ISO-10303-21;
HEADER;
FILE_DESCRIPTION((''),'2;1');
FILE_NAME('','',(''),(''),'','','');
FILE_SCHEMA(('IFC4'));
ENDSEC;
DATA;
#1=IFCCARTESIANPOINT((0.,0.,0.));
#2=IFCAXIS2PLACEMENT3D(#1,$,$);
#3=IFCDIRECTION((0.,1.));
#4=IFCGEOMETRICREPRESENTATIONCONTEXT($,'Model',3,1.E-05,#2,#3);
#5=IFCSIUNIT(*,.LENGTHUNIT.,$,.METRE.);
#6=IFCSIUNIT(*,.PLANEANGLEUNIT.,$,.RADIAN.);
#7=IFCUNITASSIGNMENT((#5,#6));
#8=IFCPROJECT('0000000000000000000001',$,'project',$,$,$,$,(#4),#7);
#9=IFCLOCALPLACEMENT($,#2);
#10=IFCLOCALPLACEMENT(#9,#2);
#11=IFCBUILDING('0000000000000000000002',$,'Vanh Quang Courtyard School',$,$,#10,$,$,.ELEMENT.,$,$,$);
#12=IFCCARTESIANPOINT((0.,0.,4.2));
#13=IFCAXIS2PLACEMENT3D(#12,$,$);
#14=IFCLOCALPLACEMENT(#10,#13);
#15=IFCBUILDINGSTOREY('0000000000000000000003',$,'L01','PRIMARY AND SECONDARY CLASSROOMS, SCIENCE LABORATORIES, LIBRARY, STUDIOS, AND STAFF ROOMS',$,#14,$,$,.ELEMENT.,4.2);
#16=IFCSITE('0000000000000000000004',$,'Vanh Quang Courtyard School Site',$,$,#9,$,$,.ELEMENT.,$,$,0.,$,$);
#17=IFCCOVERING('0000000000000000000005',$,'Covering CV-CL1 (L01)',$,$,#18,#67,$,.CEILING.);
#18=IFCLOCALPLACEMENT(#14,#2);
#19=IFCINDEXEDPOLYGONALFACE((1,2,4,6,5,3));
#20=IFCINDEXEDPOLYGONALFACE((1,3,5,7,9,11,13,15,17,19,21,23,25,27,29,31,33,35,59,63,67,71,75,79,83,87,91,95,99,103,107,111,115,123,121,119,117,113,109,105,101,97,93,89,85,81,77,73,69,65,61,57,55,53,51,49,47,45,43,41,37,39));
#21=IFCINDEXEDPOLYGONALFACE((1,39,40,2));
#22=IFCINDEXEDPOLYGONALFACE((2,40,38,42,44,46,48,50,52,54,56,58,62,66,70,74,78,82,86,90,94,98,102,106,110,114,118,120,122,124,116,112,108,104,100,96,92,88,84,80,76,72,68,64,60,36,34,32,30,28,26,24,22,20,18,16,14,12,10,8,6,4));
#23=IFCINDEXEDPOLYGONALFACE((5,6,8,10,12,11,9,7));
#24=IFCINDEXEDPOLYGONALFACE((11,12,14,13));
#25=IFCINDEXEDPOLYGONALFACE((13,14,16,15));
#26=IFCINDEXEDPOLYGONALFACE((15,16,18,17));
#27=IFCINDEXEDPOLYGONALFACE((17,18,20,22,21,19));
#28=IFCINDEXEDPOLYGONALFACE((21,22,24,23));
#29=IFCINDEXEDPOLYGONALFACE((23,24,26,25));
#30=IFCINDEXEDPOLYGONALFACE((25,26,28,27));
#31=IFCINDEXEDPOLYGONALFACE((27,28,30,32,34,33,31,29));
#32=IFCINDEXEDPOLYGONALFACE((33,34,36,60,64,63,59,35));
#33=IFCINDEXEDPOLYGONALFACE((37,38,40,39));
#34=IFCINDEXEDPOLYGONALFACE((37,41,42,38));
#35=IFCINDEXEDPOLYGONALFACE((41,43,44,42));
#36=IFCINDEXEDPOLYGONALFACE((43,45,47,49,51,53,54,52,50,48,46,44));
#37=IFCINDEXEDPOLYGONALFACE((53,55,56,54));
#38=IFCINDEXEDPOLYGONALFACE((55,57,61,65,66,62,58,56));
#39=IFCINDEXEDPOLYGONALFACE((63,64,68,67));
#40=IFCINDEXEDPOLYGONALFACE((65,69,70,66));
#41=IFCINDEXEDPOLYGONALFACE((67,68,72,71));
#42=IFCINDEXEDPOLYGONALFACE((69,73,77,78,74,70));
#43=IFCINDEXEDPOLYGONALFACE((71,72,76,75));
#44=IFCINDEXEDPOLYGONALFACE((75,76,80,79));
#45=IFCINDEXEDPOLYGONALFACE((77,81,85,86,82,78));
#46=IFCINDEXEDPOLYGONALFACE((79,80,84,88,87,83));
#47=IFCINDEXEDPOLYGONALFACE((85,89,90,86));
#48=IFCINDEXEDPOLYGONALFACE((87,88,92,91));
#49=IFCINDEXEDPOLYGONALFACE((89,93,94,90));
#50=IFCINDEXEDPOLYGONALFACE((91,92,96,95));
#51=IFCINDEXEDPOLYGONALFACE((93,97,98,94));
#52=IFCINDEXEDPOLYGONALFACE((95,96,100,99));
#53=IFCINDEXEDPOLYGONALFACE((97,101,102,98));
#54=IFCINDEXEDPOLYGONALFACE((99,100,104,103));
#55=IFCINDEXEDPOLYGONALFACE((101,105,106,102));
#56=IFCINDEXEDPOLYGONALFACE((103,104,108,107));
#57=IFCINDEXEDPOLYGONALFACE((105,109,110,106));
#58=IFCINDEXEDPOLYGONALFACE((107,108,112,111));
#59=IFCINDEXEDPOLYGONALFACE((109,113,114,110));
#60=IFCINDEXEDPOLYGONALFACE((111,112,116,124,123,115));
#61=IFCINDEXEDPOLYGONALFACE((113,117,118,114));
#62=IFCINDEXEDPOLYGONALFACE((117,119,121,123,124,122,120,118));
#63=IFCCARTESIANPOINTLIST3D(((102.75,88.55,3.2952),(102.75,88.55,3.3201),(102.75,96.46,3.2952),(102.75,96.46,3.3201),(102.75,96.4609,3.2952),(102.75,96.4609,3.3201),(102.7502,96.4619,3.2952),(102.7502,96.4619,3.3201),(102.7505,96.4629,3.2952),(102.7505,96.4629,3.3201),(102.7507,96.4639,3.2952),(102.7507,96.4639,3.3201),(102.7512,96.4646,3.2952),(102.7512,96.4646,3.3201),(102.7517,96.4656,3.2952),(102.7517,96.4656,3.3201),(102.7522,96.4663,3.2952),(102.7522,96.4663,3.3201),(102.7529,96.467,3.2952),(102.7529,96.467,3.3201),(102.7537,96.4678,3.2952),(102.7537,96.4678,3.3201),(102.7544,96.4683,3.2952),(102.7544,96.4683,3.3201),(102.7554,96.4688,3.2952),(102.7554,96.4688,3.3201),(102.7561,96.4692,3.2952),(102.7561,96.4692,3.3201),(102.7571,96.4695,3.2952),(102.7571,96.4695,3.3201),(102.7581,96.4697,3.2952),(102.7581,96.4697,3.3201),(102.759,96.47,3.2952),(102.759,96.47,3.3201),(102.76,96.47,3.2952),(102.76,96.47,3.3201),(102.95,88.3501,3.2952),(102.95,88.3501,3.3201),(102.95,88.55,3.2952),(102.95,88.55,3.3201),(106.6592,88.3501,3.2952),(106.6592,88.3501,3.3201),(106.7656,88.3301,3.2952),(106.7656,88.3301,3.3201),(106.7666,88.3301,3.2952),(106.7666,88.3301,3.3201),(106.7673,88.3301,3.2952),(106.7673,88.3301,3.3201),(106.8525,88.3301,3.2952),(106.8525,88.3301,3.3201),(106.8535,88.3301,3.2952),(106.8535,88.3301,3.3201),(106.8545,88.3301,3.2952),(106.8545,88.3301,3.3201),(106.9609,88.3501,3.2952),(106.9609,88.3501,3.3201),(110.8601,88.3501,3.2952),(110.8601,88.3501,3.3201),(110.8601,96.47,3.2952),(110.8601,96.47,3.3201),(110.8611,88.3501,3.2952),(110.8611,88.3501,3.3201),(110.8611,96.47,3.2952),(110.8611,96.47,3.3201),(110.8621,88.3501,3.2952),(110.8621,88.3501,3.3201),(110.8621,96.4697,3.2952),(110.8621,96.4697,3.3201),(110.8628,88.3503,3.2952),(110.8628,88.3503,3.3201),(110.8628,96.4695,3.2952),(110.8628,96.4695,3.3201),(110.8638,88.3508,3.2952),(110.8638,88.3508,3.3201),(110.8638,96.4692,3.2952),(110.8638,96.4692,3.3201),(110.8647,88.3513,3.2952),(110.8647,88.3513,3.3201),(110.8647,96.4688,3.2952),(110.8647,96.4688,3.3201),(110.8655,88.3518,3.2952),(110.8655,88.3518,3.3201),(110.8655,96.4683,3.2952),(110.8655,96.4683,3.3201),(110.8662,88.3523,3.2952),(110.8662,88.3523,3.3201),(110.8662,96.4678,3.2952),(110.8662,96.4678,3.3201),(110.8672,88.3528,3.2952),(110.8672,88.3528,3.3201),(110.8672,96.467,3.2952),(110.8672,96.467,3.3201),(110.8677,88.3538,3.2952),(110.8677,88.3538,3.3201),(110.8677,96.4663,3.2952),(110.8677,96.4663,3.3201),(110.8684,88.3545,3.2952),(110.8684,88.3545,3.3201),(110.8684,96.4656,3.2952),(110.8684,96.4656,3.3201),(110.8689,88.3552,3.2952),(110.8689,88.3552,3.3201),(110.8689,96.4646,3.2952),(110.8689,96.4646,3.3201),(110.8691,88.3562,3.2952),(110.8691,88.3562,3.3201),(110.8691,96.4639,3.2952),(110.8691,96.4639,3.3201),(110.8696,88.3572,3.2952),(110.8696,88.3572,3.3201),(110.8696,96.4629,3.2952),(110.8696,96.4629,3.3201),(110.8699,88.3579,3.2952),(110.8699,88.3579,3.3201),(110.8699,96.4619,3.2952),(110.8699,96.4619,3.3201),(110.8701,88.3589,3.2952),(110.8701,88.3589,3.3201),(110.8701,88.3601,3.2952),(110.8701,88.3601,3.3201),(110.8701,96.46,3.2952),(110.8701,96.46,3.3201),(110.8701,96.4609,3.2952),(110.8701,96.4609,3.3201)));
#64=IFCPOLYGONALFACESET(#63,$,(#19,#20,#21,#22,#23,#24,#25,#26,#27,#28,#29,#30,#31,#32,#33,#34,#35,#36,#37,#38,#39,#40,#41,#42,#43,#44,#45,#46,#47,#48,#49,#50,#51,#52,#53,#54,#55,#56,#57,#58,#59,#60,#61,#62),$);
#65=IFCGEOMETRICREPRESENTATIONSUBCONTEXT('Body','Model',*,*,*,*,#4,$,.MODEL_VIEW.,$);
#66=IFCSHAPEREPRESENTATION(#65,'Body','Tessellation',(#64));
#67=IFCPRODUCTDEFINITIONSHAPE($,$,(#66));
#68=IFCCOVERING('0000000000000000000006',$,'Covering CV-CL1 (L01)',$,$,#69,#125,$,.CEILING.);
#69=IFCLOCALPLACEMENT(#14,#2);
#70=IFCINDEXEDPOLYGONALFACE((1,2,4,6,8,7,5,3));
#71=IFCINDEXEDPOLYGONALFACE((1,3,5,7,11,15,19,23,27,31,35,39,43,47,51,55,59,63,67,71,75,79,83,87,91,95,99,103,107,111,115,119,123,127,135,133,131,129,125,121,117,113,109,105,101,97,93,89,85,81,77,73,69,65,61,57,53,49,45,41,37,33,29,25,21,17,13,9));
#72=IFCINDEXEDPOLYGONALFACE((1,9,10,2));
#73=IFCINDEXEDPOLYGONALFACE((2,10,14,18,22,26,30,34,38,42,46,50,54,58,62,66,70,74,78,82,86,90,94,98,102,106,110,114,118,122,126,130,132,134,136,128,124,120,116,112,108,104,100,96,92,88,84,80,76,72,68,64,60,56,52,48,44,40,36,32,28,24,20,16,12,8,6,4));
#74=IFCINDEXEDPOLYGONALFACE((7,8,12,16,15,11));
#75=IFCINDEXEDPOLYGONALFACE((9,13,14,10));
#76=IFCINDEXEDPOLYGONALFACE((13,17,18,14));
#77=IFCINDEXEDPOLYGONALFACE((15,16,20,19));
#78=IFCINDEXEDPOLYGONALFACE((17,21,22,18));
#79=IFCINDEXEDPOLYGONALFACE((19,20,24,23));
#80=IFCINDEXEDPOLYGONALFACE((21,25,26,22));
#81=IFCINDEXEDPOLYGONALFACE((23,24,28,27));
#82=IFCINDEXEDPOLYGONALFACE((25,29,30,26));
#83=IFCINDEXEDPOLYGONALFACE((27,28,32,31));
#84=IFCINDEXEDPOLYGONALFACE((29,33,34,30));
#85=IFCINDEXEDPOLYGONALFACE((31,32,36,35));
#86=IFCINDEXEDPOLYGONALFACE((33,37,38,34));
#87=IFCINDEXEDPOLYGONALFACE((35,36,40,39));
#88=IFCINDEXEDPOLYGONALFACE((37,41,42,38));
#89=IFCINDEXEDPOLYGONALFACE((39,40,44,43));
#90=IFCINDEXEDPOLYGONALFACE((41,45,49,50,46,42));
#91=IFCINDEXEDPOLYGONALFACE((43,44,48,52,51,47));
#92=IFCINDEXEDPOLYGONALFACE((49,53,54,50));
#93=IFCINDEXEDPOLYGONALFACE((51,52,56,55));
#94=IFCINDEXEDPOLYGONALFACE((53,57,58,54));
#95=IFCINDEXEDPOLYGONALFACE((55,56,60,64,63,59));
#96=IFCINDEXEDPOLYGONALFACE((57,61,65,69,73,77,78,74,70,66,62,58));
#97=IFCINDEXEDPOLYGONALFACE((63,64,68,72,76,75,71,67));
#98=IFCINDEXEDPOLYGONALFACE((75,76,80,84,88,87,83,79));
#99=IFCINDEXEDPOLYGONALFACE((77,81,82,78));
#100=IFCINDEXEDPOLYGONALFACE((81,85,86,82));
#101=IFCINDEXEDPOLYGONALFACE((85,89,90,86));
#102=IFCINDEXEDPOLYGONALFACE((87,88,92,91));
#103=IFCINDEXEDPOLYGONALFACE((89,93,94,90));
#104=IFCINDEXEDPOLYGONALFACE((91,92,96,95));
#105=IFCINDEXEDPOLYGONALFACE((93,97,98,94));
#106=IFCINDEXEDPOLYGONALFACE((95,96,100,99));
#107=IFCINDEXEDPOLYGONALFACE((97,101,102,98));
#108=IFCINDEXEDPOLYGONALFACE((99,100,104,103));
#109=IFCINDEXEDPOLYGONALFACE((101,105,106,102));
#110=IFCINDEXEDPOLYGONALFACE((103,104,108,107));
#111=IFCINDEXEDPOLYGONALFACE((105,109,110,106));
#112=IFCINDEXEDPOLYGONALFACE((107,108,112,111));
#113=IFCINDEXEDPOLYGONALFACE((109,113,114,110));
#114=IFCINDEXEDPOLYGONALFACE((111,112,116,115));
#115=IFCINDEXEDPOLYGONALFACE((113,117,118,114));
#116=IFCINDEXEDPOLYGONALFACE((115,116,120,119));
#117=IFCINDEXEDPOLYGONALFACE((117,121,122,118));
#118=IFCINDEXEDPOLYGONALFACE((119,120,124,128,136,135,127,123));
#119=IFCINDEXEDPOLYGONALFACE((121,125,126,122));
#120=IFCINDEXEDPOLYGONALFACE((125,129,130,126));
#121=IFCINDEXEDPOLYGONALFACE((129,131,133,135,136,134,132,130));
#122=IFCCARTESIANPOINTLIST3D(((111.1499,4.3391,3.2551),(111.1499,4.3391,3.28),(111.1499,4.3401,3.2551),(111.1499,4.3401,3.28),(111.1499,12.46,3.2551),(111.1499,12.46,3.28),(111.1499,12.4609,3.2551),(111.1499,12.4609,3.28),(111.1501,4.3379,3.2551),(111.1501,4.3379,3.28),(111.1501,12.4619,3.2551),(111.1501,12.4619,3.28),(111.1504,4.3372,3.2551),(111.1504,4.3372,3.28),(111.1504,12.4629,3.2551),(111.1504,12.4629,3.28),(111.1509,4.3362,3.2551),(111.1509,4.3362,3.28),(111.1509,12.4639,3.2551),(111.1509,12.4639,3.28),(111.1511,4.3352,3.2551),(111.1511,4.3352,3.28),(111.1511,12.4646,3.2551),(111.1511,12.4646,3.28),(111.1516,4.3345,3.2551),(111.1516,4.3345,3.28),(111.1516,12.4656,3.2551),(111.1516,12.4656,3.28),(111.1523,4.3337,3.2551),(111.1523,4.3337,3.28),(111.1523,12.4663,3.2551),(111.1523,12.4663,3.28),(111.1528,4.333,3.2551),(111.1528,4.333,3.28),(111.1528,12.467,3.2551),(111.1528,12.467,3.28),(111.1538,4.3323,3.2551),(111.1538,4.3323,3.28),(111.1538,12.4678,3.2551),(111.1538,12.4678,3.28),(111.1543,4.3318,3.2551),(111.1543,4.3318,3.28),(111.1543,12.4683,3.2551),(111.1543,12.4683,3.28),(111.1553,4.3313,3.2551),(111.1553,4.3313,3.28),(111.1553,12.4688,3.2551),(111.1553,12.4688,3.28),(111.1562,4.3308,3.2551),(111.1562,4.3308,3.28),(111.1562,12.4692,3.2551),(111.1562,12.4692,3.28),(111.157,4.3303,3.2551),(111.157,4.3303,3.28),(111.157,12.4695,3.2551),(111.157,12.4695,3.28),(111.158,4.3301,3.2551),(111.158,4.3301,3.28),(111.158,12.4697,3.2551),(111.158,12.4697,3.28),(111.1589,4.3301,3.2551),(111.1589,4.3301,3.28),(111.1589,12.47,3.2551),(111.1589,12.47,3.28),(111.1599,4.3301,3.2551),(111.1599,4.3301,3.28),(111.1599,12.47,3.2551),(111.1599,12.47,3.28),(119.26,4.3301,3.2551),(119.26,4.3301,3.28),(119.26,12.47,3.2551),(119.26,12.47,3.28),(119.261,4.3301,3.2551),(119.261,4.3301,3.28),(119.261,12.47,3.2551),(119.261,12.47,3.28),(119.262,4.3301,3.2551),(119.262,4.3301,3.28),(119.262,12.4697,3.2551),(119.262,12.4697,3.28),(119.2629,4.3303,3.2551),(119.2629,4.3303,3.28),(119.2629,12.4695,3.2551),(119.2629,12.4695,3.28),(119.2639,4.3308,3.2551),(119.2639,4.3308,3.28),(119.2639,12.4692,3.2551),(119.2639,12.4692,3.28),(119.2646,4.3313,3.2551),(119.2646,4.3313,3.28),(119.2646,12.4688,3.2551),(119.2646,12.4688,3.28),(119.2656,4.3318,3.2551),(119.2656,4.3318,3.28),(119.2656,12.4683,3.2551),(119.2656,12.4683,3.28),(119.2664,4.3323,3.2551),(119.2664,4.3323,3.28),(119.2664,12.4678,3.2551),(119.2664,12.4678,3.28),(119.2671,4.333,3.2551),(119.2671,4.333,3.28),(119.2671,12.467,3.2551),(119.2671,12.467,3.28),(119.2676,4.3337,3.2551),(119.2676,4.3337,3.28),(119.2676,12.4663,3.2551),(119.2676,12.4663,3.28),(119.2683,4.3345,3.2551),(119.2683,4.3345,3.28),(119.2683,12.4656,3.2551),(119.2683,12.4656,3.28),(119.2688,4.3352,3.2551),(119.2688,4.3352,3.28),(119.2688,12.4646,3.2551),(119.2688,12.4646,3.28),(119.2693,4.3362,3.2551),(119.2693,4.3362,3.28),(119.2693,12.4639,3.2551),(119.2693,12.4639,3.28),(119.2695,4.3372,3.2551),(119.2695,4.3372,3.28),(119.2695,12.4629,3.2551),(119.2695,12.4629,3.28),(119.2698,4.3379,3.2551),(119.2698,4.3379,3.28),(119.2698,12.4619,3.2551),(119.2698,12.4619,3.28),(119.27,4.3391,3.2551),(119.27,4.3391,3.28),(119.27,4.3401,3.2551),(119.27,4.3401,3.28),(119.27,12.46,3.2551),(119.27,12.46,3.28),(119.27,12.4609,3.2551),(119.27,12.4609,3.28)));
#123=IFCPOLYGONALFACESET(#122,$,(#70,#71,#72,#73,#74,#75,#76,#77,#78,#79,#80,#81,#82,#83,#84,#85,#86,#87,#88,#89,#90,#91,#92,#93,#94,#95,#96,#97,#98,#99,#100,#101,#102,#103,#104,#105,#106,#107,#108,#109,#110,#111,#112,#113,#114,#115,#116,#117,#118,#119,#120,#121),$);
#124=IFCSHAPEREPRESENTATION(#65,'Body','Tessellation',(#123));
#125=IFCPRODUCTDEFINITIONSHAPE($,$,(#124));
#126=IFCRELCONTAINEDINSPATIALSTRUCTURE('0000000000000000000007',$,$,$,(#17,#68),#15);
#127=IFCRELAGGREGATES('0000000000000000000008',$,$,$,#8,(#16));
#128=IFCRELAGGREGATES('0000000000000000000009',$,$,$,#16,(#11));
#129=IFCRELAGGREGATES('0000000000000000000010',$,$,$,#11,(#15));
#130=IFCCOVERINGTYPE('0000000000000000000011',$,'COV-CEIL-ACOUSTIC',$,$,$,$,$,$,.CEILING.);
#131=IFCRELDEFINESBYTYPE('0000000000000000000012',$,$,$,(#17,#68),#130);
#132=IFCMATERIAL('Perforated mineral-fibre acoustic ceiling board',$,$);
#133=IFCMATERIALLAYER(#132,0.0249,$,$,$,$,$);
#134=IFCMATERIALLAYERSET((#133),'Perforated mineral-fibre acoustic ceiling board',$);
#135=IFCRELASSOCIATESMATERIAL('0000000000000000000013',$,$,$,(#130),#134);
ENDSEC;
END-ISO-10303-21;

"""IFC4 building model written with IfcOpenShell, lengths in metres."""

from ifc_helpers import new_model, si_unit, direction, frame, origin, place, context, subcontext, project, spatial, polyline, outline, extrude, material, layer, layer_set, type_object, element, save


model = new_model("IFC4")

# Units and contexts
model_context = context("Model", 3, precision=1e-05, world=origin(), true_north=direction((0.0, 1.0)))
body_context = subcontext(model_context, "Body", "Model", "MODEL_VIEW")
ifc_project = project(units=[si_unit("LENGTHUNIT", "METRE"), si_unit("PLANEANGLEUNIT", "RADIAN")], contexts=[model_context])

# Site, building, storey
site_placement = place(None, origin())
site = spatial("IfcSite", under=ifc_project, at=site_placement, Name="Vanh Quang Courtyard School Site", CompositionType="ELEMENT", RefElevation=0.0)
building_placement = place(site_placement, origin())
building = spatial("IfcBuilding", under=site, at=building_placement, Name="Vanh Quang Courtyard School", CompositionType="ELEMENT")
storey_placement = place(building_placement, frame((0.0, 0.0, 4.2)))
storey = spatial("IfcBuildingStorey", under=building, at=storey_placement, Name="L01", Description="PRIMARY AND SECONDARY CLASSROOMS, SCIENCE LABORATORIES, LIBRARY, STUDIOS, AND STAFF ROOMS", CompositionType="ELEMENT", Elevation=4.2)

# Coverings
ifc_material_1 = material(Name="Perforated mineral-fibre acoustic ceiling board")
ifc_layer_1 = layer(ifc_material_1, 0.0249)
ifc_layer_set_1 = layer_set([ifc_layer_1], Name="Perforated mineral-fibre acoustic ceiling board")
covering_type_1 = type_object("IfcCoveringType", Name="COV-CEIL-ACOUSTIC", PredefinedType="CEILING", material=ifc_layer_set_1)
covering_1_placement = place(storey_placement, frame((0.0, 0.0, 3.2952)))
element("IfcCovering", 1, at=covering_1_placement, inside=storey, type_object=covering_type_1, Name="Covering CV-CL1 (L01)", PredefinedType="CEILING", context=body_context, shape_type="SweptSolid", body=[
    extrude(outline(polyline([(102.95, 88.3501), (102.95, 88.55), (102.75, 88.55), (102.75, 96.46), (102.75, 96.4609), (102.7502, 96.4619), (102.7505, 96.4629), (102.7507, 96.4639), (102.7512, 96.4646), (102.7517, 96.4656), (102.7522, 96.4663), (102.7529, 96.467), (102.7537, 96.4678), (102.7544, 96.4683), (102.7554, 96.4688), (102.7561, 96.4692), (102.7571, 96.4695), (102.7581, 96.4697), (102.759, 96.47), (102.76, 96.47), (110.8601, 96.47), (110.8611, 96.47), (110.8621, 96.4697), (110.8628, 96.4695), (110.8638, 96.4692), (110.8647, 96.4688), (110.8655, 96.4683), (110.8662, 96.4678), (110.8672, 96.467), (110.8677, 96.4663), (110.8684, 96.4656), (110.8689, 96.4646), (110.8691, 96.4639), (110.8696, 96.4629), (110.8699, 96.4619), (110.8701, 96.4609), (110.8701, 96.46), (110.8701, 88.3601), (110.8701, 88.3589), (110.8699, 88.3579), (110.8696, 88.3572), (110.8691, 88.3562), (110.8689, 88.3552), (110.8684, 88.3545), (110.8677, 88.3538), (110.8672, 88.3528), (110.8662, 88.3523), (110.8655, 88.3518), (110.8647, 88.3513), (110.8638, 88.3508), (110.8628, 88.3503), (110.8621, 88.3501), (110.8611, 88.3501), (110.8601, 88.3501), (106.9609, 88.3501), (106.8545, 88.3301), (106.8535, 88.3301), (106.8525, 88.3301), (106.7673, 88.3301), (106.7666, 88.3301), (106.7656, 88.3301), (106.6592, 88.3501), (102.95, 88.3501)])), origin(), (0.0, 0.0, 1.0), 0.0249),
])
covering_2_placement = place(storey_placement, frame((0.0, 0.0, 3.2551)))
element("IfcCovering", 2, at=covering_2_placement, inside=storey, type_object=covering_type_1, Name="Covering CV-CL1 (L01)", PredefinedType="CEILING", context=body_context, shape_type="SweptSolid", body=[
    extrude(outline(polyline([(111.1599, 4.3301), (111.1589, 4.3301), (111.158, 4.3301), (111.157, 4.3303), (111.1562, 4.3308), (111.1553, 4.3313), (111.1543, 4.3318), (111.1538, 4.3323), (111.1528, 4.333), (111.1523, 4.3337), (111.1516, 4.3345), (111.1511, 4.3352), (111.1509, 4.3362), (111.1504, 4.3372), (111.1501, 4.3379), (111.1499, 4.3391), (111.1499, 4.3401), (111.1499, 12.46), (111.1499, 12.4609), (111.1501, 12.4619), (111.1504, 12.4629), (111.1509, 12.4639), (111.1511, 12.4646), (111.1516, 12.4656), (111.1523, 12.4663), (111.1528, 12.467), (111.1538, 12.4678), (111.1543, 12.4683), (111.1553, 12.4688), (111.1562, 12.4692), (111.157, 12.4695), (111.158, 12.4697), (111.1589, 12.47), (111.1599, 12.47), (119.26, 12.47), (119.261, 12.47), (119.262, 12.4697), (119.2629, 12.4695), (119.2639, 12.4692), (119.2646, 12.4688), (119.2656, 12.4683), (119.2664, 12.4678), (119.2671, 12.467), (119.2676, 12.4663), (119.2683, 12.4656), (119.2688, 12.4646), (119.2693, 12.4639), (119.2695, 12.4629), (119.2698, 12.4619), (119.27, 12.4609), (119.27, 12.46), (119.27, 4.3401), (119.27, 4.3391), (119.2698, 4.3379), (119.2695, 4.3372), (119.2693, 4.3362), (119.2688, 4.3352), (119.2683, 4.3345), (119.2676, 4.3337), (119.2671, 4.333), (119.2664, 4.3323), (119.2656, 4.3318), (119.2646, 4.3313), (119.2639, 4.3308), (119.2629, 4.3303), (119.262, 4.3301), (119.261, 4.3301), (119.26, 4.3301), (111.1599, 4.3301)])), origin(), (0.0, 0.0, 1.0), 0.0249),
])

save(model, "model.ifc")
